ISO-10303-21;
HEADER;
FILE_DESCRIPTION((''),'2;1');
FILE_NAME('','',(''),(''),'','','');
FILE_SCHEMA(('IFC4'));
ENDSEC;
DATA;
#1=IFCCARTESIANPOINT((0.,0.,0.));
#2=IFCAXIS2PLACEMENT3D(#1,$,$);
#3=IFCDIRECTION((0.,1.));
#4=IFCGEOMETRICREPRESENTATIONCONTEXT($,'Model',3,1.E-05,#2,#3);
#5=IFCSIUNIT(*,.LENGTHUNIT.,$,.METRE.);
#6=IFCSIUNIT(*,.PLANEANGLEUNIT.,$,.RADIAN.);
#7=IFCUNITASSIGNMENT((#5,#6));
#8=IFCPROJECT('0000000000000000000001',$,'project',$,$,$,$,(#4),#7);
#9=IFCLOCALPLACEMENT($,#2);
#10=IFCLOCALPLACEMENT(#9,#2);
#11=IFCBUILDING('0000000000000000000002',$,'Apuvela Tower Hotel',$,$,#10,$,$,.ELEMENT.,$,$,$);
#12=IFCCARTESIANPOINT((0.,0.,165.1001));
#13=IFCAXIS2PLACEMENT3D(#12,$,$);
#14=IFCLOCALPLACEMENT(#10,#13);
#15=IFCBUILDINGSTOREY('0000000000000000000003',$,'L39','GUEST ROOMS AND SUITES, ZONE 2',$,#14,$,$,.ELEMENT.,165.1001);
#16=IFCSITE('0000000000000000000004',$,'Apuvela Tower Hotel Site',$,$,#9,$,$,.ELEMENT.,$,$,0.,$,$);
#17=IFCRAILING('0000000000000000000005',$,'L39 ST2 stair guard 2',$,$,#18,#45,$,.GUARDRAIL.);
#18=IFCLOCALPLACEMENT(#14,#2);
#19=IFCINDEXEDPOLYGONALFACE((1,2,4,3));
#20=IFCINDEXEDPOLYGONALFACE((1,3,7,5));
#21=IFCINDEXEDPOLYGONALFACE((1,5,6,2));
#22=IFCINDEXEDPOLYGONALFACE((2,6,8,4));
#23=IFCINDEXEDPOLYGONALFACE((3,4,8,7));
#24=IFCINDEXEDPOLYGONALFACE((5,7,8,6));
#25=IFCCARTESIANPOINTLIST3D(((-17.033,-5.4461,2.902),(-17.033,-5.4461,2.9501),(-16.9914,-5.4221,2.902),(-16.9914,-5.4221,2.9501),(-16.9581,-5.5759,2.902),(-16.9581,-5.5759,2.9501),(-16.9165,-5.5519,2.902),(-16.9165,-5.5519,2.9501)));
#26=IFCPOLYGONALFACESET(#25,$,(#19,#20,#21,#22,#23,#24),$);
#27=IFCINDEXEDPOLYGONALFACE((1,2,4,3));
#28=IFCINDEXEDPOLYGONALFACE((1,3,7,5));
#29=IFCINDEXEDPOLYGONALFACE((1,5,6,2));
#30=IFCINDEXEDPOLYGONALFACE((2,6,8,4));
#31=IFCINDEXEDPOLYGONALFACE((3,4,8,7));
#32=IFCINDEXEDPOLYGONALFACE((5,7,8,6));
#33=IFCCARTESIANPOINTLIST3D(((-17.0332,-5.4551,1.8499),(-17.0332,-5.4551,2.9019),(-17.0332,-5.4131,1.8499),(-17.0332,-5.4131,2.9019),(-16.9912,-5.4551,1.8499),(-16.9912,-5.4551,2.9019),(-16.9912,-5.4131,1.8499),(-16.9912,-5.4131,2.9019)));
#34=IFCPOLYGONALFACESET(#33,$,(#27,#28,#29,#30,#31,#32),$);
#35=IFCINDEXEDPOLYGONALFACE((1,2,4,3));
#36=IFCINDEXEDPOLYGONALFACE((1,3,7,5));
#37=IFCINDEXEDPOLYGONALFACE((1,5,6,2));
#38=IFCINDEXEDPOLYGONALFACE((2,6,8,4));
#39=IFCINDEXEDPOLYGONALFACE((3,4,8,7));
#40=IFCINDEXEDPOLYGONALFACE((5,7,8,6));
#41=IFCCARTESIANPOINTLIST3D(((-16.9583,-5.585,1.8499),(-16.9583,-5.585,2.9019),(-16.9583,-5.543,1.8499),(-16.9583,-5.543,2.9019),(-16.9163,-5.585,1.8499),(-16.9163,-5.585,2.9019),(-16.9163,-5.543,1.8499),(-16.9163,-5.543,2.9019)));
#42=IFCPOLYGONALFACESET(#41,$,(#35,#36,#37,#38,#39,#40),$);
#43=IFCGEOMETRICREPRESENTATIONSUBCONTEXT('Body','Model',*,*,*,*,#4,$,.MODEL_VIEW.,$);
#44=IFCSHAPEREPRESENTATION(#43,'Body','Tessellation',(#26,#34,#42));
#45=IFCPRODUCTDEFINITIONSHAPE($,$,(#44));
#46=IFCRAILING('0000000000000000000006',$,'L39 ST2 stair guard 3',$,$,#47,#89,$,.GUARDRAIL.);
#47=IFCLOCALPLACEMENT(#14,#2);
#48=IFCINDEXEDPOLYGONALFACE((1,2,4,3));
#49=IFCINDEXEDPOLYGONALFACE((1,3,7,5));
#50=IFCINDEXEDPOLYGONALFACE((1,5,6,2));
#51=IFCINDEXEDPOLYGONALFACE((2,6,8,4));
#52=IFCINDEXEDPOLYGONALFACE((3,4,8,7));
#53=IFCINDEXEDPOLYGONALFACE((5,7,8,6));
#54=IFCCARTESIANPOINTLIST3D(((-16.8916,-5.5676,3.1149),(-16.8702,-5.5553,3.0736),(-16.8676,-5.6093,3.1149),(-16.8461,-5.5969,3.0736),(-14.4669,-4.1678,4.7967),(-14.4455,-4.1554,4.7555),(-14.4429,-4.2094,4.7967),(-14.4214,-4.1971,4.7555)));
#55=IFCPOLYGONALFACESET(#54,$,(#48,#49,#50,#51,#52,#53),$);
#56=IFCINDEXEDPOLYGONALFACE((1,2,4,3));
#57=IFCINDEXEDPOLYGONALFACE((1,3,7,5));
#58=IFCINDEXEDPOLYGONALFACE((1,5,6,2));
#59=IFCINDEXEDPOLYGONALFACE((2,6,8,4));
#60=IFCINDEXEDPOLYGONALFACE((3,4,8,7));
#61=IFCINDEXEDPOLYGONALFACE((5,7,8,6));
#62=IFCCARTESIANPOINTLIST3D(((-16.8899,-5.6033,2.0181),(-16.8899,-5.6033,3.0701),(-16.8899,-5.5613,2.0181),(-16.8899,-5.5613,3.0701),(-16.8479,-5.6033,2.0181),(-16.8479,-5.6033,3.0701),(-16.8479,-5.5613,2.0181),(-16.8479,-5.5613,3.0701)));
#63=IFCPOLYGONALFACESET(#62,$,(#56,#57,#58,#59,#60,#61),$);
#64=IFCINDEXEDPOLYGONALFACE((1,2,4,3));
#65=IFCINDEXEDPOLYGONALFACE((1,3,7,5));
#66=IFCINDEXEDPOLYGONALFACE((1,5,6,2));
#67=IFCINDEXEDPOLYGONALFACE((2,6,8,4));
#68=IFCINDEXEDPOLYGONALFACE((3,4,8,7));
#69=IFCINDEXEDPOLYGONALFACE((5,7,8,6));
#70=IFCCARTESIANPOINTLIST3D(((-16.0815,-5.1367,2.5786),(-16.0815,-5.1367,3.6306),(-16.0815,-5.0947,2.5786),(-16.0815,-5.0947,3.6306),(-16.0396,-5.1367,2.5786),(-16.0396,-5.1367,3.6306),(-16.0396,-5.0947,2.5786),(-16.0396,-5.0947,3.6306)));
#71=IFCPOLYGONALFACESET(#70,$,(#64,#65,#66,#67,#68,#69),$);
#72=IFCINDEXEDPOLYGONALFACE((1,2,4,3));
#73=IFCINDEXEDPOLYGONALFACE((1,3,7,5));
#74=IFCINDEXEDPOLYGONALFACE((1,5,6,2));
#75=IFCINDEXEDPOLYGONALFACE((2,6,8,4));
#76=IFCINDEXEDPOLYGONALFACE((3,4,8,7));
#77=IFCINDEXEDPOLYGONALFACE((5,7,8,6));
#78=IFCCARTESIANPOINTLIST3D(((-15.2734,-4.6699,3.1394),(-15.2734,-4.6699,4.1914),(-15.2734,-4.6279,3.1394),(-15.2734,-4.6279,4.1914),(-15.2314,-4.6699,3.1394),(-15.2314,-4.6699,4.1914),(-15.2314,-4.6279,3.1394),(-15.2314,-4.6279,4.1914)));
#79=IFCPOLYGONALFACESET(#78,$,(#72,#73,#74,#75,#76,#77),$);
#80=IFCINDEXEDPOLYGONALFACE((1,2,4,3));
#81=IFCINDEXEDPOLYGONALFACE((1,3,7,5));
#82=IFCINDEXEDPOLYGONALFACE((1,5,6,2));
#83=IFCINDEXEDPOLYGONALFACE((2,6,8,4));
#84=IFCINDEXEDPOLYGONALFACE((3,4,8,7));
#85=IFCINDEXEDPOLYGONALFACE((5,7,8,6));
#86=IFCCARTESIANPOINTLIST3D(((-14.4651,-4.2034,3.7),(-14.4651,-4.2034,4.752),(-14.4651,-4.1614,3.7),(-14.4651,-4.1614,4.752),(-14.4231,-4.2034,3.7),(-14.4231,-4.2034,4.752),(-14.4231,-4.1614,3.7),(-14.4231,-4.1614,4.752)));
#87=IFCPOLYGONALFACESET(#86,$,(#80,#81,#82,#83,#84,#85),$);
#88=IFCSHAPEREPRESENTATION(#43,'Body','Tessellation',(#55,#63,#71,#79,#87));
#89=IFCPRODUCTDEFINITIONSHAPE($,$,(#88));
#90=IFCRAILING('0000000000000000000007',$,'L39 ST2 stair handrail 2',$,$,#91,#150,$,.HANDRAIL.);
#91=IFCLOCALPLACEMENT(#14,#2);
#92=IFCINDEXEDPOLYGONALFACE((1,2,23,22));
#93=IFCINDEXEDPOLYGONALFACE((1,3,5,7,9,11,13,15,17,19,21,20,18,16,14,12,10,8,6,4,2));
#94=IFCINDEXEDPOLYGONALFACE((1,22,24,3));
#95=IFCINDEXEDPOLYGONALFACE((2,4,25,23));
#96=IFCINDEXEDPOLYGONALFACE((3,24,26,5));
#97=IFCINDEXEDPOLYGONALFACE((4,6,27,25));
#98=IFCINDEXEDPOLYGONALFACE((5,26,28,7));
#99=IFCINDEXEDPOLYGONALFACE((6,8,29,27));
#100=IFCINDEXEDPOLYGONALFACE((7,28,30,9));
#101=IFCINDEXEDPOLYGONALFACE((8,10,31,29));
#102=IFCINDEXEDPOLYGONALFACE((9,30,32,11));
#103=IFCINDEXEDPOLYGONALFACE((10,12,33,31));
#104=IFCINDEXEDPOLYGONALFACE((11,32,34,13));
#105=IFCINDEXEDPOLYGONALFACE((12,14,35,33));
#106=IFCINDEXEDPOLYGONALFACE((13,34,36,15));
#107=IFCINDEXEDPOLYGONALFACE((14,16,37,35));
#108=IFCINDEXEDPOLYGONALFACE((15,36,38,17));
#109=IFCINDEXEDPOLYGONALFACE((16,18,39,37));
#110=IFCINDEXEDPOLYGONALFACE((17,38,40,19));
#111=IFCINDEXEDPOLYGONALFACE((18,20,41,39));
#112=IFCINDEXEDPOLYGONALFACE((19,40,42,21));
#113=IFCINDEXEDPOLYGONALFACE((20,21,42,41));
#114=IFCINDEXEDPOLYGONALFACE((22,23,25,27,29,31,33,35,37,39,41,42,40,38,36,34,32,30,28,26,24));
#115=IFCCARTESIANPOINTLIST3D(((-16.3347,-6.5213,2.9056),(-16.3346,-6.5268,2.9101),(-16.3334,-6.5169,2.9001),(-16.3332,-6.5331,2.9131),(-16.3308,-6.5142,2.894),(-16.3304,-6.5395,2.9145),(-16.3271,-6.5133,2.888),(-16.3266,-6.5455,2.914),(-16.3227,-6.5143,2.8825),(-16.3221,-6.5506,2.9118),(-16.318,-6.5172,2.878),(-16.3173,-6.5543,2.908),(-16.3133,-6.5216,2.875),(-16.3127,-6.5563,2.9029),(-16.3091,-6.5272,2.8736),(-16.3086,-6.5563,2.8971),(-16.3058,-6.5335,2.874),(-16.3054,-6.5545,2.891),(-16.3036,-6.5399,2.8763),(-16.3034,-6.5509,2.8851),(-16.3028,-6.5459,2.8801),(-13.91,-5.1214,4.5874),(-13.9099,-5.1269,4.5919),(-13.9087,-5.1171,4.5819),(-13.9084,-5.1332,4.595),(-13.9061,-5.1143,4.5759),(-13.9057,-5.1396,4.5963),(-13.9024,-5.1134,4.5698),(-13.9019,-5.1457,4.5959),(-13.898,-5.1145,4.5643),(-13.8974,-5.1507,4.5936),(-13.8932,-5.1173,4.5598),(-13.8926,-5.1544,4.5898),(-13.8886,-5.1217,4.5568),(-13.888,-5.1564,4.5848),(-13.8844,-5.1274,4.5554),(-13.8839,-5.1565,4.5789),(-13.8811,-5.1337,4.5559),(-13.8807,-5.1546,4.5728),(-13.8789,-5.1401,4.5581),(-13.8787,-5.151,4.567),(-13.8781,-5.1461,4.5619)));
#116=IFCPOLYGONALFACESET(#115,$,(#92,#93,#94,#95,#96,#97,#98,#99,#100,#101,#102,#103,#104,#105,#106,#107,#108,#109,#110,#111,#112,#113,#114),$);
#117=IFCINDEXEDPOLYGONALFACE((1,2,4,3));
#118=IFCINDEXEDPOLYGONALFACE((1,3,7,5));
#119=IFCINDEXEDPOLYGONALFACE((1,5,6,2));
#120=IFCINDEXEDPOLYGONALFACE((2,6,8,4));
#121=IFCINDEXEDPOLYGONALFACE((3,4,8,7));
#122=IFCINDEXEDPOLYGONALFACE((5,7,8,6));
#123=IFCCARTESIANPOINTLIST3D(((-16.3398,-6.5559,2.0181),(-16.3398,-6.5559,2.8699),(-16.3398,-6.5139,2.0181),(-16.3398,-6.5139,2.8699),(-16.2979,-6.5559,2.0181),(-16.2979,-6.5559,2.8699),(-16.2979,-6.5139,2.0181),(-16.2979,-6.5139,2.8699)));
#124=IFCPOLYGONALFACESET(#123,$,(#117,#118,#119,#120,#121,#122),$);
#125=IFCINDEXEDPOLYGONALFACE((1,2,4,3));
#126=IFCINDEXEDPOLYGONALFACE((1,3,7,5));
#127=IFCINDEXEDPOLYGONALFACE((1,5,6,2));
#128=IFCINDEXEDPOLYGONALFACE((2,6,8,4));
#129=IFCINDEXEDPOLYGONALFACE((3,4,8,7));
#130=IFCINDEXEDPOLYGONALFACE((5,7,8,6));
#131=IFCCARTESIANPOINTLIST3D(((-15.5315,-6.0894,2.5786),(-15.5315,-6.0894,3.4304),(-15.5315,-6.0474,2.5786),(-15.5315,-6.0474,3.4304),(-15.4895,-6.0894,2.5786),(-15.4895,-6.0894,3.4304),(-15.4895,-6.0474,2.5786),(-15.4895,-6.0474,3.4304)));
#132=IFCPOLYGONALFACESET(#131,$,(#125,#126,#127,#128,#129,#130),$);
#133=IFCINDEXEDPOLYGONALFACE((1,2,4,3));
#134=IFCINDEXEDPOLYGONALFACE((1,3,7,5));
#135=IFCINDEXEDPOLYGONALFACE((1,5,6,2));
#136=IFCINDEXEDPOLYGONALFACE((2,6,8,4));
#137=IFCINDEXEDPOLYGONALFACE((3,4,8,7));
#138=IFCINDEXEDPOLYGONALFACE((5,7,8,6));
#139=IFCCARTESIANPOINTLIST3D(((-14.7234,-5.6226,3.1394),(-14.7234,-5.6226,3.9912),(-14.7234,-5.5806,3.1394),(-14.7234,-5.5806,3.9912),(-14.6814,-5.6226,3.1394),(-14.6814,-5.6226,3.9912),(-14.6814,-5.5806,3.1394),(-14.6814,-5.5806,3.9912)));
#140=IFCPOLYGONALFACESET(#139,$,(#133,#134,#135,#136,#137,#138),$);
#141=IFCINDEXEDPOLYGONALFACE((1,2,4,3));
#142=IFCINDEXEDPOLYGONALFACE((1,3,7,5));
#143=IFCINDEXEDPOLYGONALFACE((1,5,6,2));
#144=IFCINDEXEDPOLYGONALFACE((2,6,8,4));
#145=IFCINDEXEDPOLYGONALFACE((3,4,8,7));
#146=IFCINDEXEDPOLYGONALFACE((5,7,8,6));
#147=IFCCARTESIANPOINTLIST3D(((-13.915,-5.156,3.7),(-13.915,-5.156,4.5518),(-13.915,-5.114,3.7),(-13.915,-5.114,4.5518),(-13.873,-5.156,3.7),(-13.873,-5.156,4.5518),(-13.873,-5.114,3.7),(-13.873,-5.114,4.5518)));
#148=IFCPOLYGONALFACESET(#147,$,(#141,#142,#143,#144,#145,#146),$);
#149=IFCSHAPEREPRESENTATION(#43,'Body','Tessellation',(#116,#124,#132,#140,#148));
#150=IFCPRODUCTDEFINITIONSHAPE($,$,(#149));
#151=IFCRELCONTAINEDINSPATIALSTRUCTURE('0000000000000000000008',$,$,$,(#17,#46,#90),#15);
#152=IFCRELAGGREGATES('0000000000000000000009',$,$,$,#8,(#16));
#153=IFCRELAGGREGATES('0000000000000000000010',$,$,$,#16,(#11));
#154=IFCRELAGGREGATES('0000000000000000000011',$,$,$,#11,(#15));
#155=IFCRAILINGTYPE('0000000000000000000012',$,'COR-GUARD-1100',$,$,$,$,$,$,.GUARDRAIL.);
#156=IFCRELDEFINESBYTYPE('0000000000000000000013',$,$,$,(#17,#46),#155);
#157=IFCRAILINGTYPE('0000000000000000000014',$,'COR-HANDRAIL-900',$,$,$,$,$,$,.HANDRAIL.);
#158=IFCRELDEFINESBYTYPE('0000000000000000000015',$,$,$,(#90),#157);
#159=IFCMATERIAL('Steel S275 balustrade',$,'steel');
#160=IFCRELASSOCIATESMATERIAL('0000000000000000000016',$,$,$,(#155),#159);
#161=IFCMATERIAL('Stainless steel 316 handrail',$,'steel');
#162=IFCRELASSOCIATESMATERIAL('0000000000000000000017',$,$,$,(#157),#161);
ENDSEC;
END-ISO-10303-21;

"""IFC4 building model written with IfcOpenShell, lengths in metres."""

from ifc_helpers import new_model, si_unit, direction, frame, origin, origin_2d, place, context, subcontext, project, spatial, rectangle, circle, extrude, material, type_object, element, save


model = new_model("IFC4")

# Units and contexts
model_context = context("Model", 3, precision=1e-05, world=origin(), true_north=direction((0.0, 1.0)))
body_context = subcontext(model_context, "Body", "Model", "MODEL_VIEW")
ifc_project = project(units=[si_unit("LENGTHUNIT", "METRE"), si_unit("PLANEANGLEUNIT", "RADIAN")], contexts=[model_context])

# Site, building, storey
site_placement = place(None, origin())
site = spatial("IfcSite", under=ifc_project, at=site_placement, Name="Apuvela Tower Hotel Site", CompositionType="ELEMENT", RefElevation=0.0)
building_placement = place(site_placement, origin())
building = spatial("IfcBuilding", under=site, at=building_placement, Name="Apuvela Tower Hotel", CompositionType="ELEMENT")
storey_placement = place(building_placement, frame((0.0, 0.0, 165.1001)))
storey = spatial("IfcBuildingStorey", under=building, at=storey_placement, Name="L39", Description="GUEST ROOMS AND SUITES, ZONE 2", CompositionType="ELEMENT", Elevation=165.1001)

# Railings
ifc_material_1 = material(Name="Steel S275 balustrade", Category="steel")
railing_type_1 = type_object("IfcRailingType", Name="COR-GUARD-1100", PredefinedType="GUARDRAIL", material=ifc_material_1)
railing_1_placement = place(storey_placement, frame((-17.0122, -5.4341, 1.8499)))
element("IfcRailing", 1, at=railing_1_placement, inside=storey, type_object=railing_type_1, Name="L39 ST2 stair guard 2", PredefinedType="GUARDRAIL", context=body_context, shape_type="SweptSolid", body=[
    extrude(rectangle(XDim=0.0481, YDim=0.0481, at=origin_2d()), frame((0.0, 0.0, 1.0762), z_axis=(0.499816, -0.866131, 0.0), x_axis=(0.866131, 0.499816, 0.0)), (0.0, 0.0, 1.0), 0.1499),
    extrude(rectangle(XDim=0.042, YDim=0.042, at=origin_2d()), origin(), (0.0, 0.0, 1.0), 1.052),
    extrude(rectangle(XDim=0.042, YDim=0.042, at=origin_2d()), frame((0.075, -0.1299, 0.0)), (0.0, 0.0, 1.0), 1.052),
])
railing_2_placement = place(storey_placement, frame((-16.8689, -5.5823, 2.0181)))
element("IfcRailing", 2, at=railing_2_placement, inside=storey, type_object=railing_type_1, Name="L39 ST2 stair guard 3", PredefinedType="GUARDRAIL", context=body_context, shape_type="SweptSolid", body=[
    extrude(rectangle(XDim=0.0481, YDim=0.0481, at=origin_2d()), frame((0.0, 0.0, 1.0762), z_axis=(0.74239, 0.428601, 0.514934), x_axis=(-0.499984, 0.866035, 0.0)), (0.0, 0.0, 1.0), 3.2661),
    extrude(rectangle(XDim=0.042, YDim=0.042, at=origin_2d()), origin(), (0.0, 0.0, 1.0), 1.052),
    extrude(rectangle(XDim=0.042, YDim=0.042, at=origin_2d()), frame((0.8083, 0.4666, 0.5605)), (0.0, 0.0, 1.0), 1.052),
    extrude(rectangle(XDim=0.042, YDim=0.042, at=origin_2d()), frame((1.6165, 0.9333, 1.1213)), (0.0, 0.0, 1.0), 1.052),
    extrude(rectangle(XDim=0.042, YDim=0.042, at=origin_2d()), frame((2.4248, 1.3999, 1.6819)), (0.0, 0.0, 1.0), 1.052),
])
ifc_material_2 = material(Name="Stainless steel 316 handrail", Category="steel")
railing_type_2 = type_object("IfcRailingType", Name="COR-HANDRAIL-900", PredefinedType="HANDRAIL", material=ifc_material_2)
railing_3_placement = place(storey_placement, frame((-16.3188, -6.5349, 2.0181)))
element("IfcRailing", 3, at=railing_3_placement, inside=storey, type_object=railing_type_2, Name="L39 ST2 stair handrail 2", PredefinedType="HANDRAIL", context=body_context, shape_type="SweptSolid", body=[
    extrude(circle(Radius=0.0239, at=origin_2d()), frame((0.0, 0.0, 0.876), z_axis=(0.74239, 0.428601, 0.514934), x_axis=(-0.499984, 0.866035, 0.0)), (0.0, 0.0, 1.0), 3.2661),
    extrude(rectangle(XDim=0.042, YDim=0.042, at=origin_2d()), origin(), (0.0, 0.0, 1.0), 0.8518),
    extrude(rectangle(XDim=0.042, YDim=0.042, at=origin_2d()), frame((0.8083, 0.4666, 0.5605)), (0.0, 0.0, 1.0), 0.8518),
    extrude(rectangle(XDim=0.042, YDim=0.042, at=origin_2d()), frame((1.6165, 0.9333, 1.1213)), (0.0, 0.0, 1.0), 0.8518),
    extrude(rectangle(XDim=0.042, YDim=0.042, at=origin_2d()), frame((2.4248, 1.3999, 1.6819)), (0.0, 0.0, 1.0), 0.8518),
])

save(model, "model.ifc")
